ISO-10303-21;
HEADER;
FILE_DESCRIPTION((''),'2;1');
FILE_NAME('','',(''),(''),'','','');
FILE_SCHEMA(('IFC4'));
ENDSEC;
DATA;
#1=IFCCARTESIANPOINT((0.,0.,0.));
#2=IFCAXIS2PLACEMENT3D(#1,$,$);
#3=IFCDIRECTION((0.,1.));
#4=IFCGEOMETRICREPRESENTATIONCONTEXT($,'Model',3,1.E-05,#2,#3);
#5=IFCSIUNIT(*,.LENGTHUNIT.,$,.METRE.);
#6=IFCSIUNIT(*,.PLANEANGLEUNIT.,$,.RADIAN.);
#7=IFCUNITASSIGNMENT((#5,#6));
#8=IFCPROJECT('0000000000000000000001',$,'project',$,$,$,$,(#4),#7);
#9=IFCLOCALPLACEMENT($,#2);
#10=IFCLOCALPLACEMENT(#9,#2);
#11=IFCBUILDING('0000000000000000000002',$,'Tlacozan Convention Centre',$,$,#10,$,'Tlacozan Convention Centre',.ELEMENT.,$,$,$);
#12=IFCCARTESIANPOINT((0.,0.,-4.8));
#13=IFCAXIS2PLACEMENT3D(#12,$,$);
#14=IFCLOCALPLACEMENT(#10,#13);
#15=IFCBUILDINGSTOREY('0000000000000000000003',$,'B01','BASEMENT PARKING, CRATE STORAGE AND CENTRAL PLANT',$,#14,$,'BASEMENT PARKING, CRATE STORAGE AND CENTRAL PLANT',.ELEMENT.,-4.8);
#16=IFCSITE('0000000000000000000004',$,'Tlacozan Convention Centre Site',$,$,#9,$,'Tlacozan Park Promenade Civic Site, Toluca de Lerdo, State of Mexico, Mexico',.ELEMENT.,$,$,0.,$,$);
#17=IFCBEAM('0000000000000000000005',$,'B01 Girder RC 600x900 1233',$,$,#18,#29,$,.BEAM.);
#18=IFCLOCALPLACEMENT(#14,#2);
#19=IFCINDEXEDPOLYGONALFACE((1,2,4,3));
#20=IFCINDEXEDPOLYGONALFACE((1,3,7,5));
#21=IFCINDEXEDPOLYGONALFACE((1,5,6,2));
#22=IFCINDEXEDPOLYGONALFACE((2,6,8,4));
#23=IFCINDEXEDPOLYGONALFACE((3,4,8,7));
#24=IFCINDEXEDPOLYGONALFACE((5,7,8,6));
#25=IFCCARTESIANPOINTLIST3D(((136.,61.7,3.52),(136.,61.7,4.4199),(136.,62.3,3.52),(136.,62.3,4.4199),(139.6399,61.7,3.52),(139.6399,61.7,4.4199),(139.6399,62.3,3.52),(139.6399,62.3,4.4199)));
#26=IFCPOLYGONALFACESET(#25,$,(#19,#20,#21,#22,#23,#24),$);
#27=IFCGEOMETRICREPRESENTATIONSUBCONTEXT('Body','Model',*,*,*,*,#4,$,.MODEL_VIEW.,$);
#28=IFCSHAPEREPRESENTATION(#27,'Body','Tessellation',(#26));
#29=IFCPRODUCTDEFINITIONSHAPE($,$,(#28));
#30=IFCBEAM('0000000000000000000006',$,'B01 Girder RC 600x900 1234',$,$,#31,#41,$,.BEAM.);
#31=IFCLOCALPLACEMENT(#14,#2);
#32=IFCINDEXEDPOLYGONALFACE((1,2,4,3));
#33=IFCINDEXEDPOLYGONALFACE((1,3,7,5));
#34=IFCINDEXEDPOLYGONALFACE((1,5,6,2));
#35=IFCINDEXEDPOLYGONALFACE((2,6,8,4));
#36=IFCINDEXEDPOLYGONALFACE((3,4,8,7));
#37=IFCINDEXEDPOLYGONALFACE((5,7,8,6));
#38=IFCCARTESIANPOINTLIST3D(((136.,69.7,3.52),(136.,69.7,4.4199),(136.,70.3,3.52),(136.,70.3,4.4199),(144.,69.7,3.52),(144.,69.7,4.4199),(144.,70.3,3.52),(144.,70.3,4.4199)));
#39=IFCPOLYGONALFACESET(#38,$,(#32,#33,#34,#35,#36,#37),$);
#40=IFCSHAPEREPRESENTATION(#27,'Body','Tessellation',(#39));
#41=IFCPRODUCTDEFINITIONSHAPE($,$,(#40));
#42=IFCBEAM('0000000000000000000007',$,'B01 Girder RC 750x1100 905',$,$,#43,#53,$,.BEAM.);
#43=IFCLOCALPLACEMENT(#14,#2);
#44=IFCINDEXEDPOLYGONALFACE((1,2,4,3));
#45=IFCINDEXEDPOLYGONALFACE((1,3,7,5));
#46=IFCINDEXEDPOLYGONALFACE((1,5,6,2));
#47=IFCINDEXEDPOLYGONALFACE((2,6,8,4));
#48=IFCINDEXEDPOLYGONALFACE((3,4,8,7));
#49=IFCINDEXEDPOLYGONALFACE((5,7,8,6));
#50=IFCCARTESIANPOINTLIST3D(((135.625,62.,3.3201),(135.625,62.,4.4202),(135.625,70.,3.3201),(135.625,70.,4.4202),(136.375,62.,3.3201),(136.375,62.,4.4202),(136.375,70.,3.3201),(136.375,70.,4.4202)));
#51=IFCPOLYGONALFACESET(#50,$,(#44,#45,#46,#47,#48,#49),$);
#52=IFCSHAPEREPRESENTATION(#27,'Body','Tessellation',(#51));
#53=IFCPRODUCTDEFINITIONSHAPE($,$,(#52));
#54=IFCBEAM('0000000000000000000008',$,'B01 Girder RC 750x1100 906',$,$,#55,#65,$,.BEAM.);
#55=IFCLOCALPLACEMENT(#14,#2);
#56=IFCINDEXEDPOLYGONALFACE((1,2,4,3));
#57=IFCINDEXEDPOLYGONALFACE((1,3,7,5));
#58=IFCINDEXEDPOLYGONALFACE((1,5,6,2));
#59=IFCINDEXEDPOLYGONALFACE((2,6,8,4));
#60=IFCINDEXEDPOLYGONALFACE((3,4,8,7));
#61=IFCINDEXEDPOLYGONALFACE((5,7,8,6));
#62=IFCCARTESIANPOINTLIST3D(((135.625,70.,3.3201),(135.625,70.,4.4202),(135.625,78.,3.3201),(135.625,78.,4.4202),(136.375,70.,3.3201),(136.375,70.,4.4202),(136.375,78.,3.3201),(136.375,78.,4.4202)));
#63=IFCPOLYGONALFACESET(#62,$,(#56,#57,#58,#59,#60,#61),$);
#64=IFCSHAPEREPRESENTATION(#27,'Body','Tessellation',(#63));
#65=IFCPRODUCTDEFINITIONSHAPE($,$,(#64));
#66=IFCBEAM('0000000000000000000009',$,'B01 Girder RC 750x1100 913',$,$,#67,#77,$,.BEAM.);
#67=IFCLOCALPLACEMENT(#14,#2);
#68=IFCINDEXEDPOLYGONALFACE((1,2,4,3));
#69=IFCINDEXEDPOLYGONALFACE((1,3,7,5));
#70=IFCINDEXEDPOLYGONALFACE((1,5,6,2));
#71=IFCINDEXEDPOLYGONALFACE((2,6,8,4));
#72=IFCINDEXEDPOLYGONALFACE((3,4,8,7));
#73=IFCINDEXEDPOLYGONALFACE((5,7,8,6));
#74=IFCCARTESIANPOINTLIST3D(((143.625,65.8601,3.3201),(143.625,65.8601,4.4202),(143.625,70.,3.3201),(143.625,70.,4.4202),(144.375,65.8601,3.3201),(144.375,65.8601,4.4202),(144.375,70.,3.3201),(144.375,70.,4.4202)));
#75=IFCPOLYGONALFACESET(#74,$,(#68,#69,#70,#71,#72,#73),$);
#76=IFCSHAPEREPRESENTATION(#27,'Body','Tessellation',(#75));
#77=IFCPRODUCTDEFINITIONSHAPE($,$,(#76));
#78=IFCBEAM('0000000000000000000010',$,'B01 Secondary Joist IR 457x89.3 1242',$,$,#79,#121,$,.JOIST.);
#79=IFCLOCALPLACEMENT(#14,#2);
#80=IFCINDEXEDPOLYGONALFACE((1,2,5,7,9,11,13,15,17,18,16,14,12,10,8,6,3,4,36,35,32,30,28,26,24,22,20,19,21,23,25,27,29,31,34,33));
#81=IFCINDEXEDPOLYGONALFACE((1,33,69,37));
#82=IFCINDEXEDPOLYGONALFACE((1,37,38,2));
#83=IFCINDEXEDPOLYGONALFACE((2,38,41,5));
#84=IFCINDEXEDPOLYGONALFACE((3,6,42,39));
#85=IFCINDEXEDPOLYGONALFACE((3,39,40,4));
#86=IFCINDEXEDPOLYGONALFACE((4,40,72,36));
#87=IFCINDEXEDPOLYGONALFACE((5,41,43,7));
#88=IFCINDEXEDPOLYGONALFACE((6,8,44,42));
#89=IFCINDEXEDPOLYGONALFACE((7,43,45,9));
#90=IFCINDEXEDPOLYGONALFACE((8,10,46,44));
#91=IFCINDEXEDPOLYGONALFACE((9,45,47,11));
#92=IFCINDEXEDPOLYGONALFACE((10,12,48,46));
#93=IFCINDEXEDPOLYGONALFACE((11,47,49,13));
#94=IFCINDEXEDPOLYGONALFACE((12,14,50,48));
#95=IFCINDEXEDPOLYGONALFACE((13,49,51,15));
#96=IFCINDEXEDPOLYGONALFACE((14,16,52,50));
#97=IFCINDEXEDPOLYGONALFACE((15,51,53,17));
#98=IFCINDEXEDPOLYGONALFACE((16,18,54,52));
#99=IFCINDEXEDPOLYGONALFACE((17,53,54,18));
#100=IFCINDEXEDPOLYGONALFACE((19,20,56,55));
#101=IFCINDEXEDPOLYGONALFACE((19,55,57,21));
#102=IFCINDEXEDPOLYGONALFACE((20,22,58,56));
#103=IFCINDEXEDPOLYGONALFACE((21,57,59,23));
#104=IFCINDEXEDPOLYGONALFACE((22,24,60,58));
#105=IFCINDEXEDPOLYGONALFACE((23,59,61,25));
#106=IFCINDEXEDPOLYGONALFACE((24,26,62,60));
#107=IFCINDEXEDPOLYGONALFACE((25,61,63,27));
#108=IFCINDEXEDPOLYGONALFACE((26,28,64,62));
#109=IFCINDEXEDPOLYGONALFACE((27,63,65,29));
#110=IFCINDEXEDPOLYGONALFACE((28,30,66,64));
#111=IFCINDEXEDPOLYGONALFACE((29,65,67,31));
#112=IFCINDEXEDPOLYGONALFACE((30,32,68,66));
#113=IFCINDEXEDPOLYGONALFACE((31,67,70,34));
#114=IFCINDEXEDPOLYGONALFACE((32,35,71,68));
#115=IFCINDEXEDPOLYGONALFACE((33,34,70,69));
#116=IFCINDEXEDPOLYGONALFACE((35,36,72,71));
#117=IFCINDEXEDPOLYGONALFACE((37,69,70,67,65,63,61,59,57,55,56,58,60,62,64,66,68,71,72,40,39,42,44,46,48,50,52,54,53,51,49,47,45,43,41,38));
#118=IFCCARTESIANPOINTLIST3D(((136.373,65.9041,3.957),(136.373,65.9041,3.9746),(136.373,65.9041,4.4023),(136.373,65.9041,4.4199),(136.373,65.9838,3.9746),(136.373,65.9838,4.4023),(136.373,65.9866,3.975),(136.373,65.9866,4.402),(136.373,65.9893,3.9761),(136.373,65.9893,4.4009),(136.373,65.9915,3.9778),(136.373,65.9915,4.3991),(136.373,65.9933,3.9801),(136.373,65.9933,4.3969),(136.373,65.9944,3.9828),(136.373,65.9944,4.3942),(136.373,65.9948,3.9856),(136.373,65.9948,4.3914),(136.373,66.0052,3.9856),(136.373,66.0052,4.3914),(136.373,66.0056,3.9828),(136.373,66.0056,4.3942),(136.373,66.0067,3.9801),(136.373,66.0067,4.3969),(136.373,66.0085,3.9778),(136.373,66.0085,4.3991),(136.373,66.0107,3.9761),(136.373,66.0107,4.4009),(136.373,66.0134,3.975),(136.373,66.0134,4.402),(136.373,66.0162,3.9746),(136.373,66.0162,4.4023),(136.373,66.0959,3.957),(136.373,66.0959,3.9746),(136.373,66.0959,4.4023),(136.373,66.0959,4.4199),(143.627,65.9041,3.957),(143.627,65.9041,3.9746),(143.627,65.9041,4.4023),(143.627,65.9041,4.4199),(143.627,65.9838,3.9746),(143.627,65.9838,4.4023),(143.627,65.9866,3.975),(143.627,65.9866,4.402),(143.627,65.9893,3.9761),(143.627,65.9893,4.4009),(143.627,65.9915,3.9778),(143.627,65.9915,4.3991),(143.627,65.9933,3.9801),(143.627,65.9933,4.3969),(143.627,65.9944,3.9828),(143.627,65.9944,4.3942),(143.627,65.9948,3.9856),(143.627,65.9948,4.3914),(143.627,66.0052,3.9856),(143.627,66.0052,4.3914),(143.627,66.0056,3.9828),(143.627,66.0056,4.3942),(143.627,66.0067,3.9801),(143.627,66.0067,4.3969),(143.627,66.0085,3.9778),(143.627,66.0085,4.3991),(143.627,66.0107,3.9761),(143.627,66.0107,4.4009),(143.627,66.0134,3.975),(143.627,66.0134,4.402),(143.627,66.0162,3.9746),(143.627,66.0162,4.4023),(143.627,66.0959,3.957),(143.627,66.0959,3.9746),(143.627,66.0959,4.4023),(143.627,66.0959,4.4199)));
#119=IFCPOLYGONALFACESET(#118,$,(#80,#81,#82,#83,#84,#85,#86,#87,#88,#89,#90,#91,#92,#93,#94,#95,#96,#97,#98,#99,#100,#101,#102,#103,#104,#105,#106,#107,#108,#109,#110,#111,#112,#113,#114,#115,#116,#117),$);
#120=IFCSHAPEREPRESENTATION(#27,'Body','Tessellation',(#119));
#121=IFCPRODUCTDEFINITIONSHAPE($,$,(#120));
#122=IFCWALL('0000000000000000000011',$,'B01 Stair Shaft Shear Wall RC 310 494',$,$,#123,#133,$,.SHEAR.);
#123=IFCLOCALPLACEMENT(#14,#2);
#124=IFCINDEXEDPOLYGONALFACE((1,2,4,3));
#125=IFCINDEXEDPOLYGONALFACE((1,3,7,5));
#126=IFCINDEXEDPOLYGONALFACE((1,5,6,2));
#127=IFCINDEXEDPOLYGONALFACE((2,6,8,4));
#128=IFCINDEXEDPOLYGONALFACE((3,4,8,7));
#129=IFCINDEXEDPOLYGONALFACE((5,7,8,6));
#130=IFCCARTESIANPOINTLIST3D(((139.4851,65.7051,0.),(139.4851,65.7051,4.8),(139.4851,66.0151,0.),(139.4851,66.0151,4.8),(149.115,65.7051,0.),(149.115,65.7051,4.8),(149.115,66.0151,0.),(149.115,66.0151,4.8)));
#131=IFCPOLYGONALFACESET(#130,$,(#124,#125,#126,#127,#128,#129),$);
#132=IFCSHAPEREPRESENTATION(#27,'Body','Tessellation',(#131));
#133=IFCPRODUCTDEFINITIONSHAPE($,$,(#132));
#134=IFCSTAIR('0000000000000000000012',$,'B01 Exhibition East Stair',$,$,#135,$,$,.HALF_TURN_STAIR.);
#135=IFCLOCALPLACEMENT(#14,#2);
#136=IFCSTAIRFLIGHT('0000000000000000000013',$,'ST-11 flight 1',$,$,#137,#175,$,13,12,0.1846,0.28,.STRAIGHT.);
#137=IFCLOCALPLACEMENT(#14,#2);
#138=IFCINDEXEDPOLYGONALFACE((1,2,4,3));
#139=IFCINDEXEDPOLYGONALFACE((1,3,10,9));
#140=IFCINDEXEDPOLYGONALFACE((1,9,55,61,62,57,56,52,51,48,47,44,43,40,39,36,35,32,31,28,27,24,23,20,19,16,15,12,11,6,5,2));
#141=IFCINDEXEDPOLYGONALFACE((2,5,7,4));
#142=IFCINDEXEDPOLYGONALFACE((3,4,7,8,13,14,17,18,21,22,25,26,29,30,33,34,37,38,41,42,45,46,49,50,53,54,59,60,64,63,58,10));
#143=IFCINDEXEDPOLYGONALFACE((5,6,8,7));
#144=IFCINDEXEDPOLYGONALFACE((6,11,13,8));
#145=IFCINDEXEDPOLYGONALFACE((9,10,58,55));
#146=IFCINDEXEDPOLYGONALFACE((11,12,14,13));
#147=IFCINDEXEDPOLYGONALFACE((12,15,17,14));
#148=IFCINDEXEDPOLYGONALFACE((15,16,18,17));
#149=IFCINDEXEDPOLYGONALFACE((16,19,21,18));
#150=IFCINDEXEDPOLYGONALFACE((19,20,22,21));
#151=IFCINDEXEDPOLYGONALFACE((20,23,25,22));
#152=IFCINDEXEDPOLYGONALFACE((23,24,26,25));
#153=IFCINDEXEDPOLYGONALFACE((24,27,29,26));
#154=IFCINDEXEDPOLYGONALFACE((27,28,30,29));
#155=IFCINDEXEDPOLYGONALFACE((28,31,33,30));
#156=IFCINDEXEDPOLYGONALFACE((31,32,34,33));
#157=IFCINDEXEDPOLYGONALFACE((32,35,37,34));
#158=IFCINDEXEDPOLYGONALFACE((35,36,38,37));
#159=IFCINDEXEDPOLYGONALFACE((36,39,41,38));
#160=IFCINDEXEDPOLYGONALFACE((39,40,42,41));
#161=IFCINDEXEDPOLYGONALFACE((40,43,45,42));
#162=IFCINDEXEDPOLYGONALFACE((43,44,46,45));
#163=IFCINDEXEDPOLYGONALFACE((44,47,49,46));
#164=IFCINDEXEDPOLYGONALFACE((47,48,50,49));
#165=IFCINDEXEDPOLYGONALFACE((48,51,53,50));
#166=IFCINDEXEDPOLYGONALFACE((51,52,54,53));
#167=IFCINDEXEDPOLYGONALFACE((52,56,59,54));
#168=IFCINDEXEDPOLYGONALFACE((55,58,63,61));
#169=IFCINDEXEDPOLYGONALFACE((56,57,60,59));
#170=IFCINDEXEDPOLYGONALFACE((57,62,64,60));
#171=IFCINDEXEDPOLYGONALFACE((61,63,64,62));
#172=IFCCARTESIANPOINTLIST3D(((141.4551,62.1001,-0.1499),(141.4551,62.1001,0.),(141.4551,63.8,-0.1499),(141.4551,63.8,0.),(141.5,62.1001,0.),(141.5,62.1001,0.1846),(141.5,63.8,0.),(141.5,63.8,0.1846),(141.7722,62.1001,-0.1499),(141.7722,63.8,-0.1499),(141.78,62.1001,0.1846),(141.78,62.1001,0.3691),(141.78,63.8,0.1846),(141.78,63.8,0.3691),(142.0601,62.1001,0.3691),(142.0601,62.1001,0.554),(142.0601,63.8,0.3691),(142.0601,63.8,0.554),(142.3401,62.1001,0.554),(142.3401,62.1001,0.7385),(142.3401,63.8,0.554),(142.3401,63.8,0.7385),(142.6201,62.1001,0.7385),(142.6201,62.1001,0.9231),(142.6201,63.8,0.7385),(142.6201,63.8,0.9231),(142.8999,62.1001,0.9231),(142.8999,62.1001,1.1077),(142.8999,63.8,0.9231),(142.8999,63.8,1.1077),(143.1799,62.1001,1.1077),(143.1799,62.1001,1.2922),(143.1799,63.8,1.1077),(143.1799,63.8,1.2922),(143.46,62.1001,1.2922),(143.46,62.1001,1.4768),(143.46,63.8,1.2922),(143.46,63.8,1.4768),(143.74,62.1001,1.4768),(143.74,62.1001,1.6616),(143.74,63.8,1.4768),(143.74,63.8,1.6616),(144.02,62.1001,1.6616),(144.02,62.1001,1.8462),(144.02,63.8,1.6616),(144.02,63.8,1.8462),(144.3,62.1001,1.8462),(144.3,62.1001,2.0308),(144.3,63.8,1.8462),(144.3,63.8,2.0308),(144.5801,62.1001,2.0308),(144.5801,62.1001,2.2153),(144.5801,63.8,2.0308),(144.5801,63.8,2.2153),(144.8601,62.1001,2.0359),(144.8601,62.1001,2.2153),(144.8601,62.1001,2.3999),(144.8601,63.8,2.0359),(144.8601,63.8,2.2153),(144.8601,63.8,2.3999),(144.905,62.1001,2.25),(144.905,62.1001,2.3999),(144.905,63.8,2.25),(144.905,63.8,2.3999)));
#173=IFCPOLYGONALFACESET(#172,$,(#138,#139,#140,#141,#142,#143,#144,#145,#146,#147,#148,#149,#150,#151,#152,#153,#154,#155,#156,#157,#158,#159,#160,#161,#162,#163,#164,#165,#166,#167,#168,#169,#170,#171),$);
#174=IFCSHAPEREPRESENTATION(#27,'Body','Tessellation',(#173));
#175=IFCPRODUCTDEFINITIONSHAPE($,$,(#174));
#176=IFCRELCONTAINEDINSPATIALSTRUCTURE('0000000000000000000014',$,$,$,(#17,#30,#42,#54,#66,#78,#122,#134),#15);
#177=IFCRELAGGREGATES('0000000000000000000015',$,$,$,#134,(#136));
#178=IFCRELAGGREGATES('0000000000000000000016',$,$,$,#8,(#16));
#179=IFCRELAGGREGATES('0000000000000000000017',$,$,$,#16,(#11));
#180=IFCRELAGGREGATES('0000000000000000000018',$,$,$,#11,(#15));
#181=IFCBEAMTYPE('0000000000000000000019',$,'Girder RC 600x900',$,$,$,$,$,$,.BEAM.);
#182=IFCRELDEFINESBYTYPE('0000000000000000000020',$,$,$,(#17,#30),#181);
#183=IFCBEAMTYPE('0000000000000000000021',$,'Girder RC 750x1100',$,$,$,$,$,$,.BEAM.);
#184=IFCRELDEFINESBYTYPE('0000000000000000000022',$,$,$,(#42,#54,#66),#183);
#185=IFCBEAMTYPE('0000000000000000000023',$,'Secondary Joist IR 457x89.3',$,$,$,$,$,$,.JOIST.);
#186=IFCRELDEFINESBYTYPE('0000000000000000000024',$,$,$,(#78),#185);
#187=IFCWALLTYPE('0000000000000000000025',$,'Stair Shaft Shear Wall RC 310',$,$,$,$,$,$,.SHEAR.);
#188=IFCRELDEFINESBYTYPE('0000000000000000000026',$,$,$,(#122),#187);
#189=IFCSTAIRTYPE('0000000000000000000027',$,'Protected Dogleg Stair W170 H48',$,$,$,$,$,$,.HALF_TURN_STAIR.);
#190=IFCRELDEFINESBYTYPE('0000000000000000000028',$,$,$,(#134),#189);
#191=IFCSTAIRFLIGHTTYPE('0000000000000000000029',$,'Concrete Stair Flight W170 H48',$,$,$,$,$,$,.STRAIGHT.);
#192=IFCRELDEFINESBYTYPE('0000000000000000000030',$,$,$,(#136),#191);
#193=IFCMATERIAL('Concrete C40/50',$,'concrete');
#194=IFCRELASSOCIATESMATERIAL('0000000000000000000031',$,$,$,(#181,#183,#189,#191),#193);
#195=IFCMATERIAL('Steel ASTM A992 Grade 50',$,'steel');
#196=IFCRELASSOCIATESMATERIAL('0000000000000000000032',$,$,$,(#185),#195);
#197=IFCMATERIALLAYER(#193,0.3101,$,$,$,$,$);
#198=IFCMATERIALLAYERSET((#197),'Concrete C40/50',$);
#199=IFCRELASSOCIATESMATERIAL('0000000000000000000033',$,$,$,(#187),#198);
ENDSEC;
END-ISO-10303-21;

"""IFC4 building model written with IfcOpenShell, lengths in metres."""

from ifc_helpers import new_model, si_unit, direction, frame, frame_2d, origin, origin_2d, place, context, subcontext, project, spatial, polyline, rectangle, i_section, outline, extrude, material, layer, layer_set, material_profile, profile_set, type_object, element, aggregate, save


model = new_model("IFC4")

# Units and contexts
model_context = context("Model", 3, precision=1e-05, world=origin(), true_north=direction((0.0, 1.0)))
body_context = subcontext(model_context, "Body", "Model", "MODEL_VIEW")
ifc_project = project(units=[si_unit("LENGTHUNIT", "METRE"), si_unit("PLANEANGLEUNIT", "RADIAN")], contexts=[model_context])

# Site, building, storey
site_placement = place(None, origin())
site = spatial("IfcSite", under=ifc_project, at=site_placement, Name="Tlacozan Convention Centre Site", LongName="Tlacozan Park Promenade Civic Site, Toluca de Lerdo, State of Mexico, Mexico", CompositionType="ELEMENT", RefElevation=0.0)
building_placement = place(site_placement, origin())
building = spatial("IfcBuilding", under=site, at=building_placement, Name="Tlacozan Convention Centre", LongName="Tlacozan Convention Centre", CompositionType="ELEMENT")
storey_placement = place(building_placement, frame((0.0, 0.0, -4.8)))
storey = spatial("IfcBuildingStorey", under=building, at=storey_placement, Name="B01", Description="BASEMENT PARKING, CRATE STORAGE AND CENTRAL PLANT", LongName="BASEMENT PARKING, CRATE STORAGE AND CENTRAL PLANT", CompositionType="ELEMENT", Elevation=-4.8)

# Shared definitions
ifc_material_1 = material(Name="Concrete C40/50", Category="concrete")

# Beams
ifc_material_profile_1 = material_profile(ifc_material_1, rectangle(XDim=0.6001, YDim=0.8999, at=origin_2d()), Name="RC 600x900")
ifc_profile_set_1 = profile_set([ifc_material_profile_1], Name="Concrete C40/50")
beam_type_1 = type_object("IfcBeamType", Name="Girder RC 600x900", PredefinedType="BEAM", material=ifc_profile_set_1)
beam_1_placement = place(storey_placement, frame((136.0, 62.0, 3.97), z_axis=(1.0, 0.0, 0.0), x_axis=(0.0, 1.0, 0.0)))
element("IfcBeam", 1, at=beam_1_placement, inside=storey, type_object=beam_type_1, Name="B01 Girder RC 600x900 1233", PredefinedType="BEAM", context=body_context, shape_type="SweptSolid", body=[
    extrude(rectangle(XDim=0.6001, YDim=0.8999, at=origin_2d()), origin(), (0.0, 0.0, 1.0), 3.6399),
])
beam_2_placement = place(storey_placement, frame((136.0, 70.0, 3.97), z_axis=(1.0, 0.0, 0.0), x_axis=(0.0, 1.0, 0.0)))
element("IfcBeam", 2, at=beam_2_placement, inside=storey, type_object=beam_type_1, Name="B01 Girder RC 600x900 1234", PredefinedType="BEAM", context=body_context, shape_type="SweptSolid", body=[
    extrude(rectangle(XDim=0.6001, YDim=0.8999, at=origin_2d()), origin(), (0.0, 0.0, 1.0), 8.0),
])
ifc_material_profile_2 = material_profile(ifc_material_1, rectangle(XDim=0.75, YDim=1.1001, at=origin_2d()), Name="RC 750x1100")
ifc_profile_set_2 = profile_set([ifc_material_profile_2], Name="Concrete C40/50")
beam_type_2 = type_object("IfcBeamType", Name="Girder RC 750x1100", PredefinedType="BEAM", material=ifc_profile_set_2)
for number, where, z_axis, x_axis, name in (
    (3, (136.0, 62.0, 3.8701), (0.0, 1.0, 0.0), (-1.0, 0.0, 0.0), "B01 Girder RC 750x1100 905"),
    (4, (136.0, 70.0, 3.8701), (0.0, 1.0, 0.0), (-1.0, 0.0, 0.0), "B01 Girder RC 750x1100 906"),
):
    element("IfcBeam", number, at=place(storey_placement, frame(where, z_axis=z_axis, x_axis=x_axis)), inside=storey, type_object=beam_type_2, Name=name, PredefinedType="BEAM", context=body_context, shape_type="SweptSolid", body=[
        extrude(rectangle(XDim=0.75, YDim=1.1001, at=origin_2d()), origin(), (0.0, 0.0, 1.0), 8.0),
    ])
beam_3_placement = place(storey_placement, frame((144.0, 65.8601, 3.8701), z_axis=(0.0, 1.0, 0.0), x_axis=(-1.0, 0.0, 0.0)))
element("IfcBeam", 5, at=beam_3_placement, inside=storey, type_object=beam_type_2, Name="B01 Girder RC 750x1100 913", PredefinedType="BEAM", context=body_context, shape_type="SweptSolid", body=[
    extrude(rectangle(XDim=0.75, YDim=1.1001, at=origin_2d()), origin(), (0.0, 0.0, 1.0), 4.1399),
])
ifc_material_2 = material(Name="Steel ASTM A992 Grade 50", Category="steel")
ifc_material_profile_3 = material_profile(ifc_material_2, i_section(OverallWidth=0.1919, OverallDepth=0.4629, WebThickness=0.0105, FlangeThickness=0.0176, FilletRadius=0.011, at=origin_2d()), Name="IR 457x89.3")
ifc_profile_set_3 = profile_set([ifc_material_profile_3], Name="Steel ASTM A992 Grade 50")
beam_type_3 = type_object("IfcBeamType", Name="Secondary Joist IR 457x89.3", PredefinedType="JOIST", material=ifc_profile_set_3)
beam_4_placement = place(storey_placement, frame((136.373, 66.0, 4.1885), z_axis=(1.0, 0.0, 0.0), x_axis=(0.0, 1.0, 0.0)))
element("IfcBeam", 6, at=beam_4_placement, inside=storey, type_object=beam_type_3, Name="B01 Secondary Joist IR 457x89.3 1242", PredefinedType="JOIST", context=body_context, shape_type="SweptSolid", body=[
    extrude(i_section(OverallWidth=0.1919, OverallDepth=0.4629, WebThickness=0.0105, FlangeThickness=0.0176, FilletRadius=0.011, at=origin_2d()), origin(), (0.0, 0.0, 1.0), 7.2539),
])

# Wall
ifc_layer_1 = layer(ifc_material_1, 0.3101)
ifc_layer_set_1 = layer_set([ifc_layer_1], Name="Concrete C40/50")
wall_type = type_object("IfcWallType", Name="Stair Shaft Shear Wall RC 310", PredefinedType="SHEAR", material=ifc_layer_set_1)
wall_placement = place(storey_placement, frame((139.4851, 65.8601, 0.0), z_axis=(0.0, 0.0, 1.0), x_axis=(1.0, 0.0, 0.0)))
element("IfcWall", 7, at=wall_placement, inside=storey, type_object=wall_type, Name="B01 Stair Shaft Shear Wall RC 310 494", PredefinedType="SHEAR", context=body_context, shape_type="SweptSolid", body=[
    extrude(rectangle(XDim=9.6299, YDim=0.3101, at=frame_2d((4.8149, 0.0))), origin(), (0.0, 0.0, 1.0), 4.8),
])

# Stair, stair flight
stair_type = type_object("IfcStairType", Name="Protected Dogleg Stair W170 H48", PredefinedType="HALF_TURN_STAIR", material=ifc_material_1)
stair_placement = place(storey_placement, origin())
stair = element("IfcStair", 8, at=stair_placement, inside=storey, type_object=stair_type, Name="B01 Exhibition East Stair", PredefinedType="HALF_TURN_STAIR")
stair_flight_type = type_object("IfcStairFlightType", Name="Concrete Stair Flight W170 H48", PredefinedType="STRAIGHT", material=ifc_material_1)
stair_flight_placement = place(storey_placement, frame((141.5, 62.95, 0.0), z_axis=(0.0, 0.0, 1.0), x_axis=(1.0, 0.0, 0.0)))
stair_flight = element("IfcStairFlight", 9, at=stair_flight_placement, type_object=stair_flight_type, Name="ST-11 flight 1", NumberOfRisers=13, NumberOfTreads=12, PredefinedType="STRAIGHT", RiserHeight=0.1846, TreadLength=0.28, context=body_context, shape_type="SweptSolid", body=[
    extrude(outline(polyline([(-0.0449, -0.1499), (-0.0449, 0.0), (0.0, 0.0), (0.0, 0.1846), (0.28, 0.1846), (0.28, 0.3691), (0.5601, 0.3691), (0.5601, 0.554), (0.8401, 0.554), (0.8401, 0.7385), (1.1201, 0.7385), (1.1201, 0.9231), (1.3999, 0.9231), (1.3999, 1.1077), (1.6799, 1.1077), (1.6799, 1.2922), (1.96, 1.2922), (1.96, 1.4768), (2.24, 1.4768), (2.24, 1.6616), (2.52, 1.6616), (2.52, 1.8462), (2.8, 1.8462), (2.8, 2.0308), (3.0801, 2.0308), (3.0801, 2.2153), (3.3601, 2.2153), (3.3601, 2.3999), (3.405, 2.3999), (3.405, 2.25), (3.3601, 2.0359), (0.2722, -0.1499), (-0.0449, -0.1499)])), frame((0.0, 0.8501, 0.0), z_axis=(0.0, -1.0, 0.0), x_axis=(1.0, 0.0, 0.0)), (0.0, 0.0, 1.0), 1.7),
])
aggregate(stair, [stair_flight])

save(model, "model.ifc")
